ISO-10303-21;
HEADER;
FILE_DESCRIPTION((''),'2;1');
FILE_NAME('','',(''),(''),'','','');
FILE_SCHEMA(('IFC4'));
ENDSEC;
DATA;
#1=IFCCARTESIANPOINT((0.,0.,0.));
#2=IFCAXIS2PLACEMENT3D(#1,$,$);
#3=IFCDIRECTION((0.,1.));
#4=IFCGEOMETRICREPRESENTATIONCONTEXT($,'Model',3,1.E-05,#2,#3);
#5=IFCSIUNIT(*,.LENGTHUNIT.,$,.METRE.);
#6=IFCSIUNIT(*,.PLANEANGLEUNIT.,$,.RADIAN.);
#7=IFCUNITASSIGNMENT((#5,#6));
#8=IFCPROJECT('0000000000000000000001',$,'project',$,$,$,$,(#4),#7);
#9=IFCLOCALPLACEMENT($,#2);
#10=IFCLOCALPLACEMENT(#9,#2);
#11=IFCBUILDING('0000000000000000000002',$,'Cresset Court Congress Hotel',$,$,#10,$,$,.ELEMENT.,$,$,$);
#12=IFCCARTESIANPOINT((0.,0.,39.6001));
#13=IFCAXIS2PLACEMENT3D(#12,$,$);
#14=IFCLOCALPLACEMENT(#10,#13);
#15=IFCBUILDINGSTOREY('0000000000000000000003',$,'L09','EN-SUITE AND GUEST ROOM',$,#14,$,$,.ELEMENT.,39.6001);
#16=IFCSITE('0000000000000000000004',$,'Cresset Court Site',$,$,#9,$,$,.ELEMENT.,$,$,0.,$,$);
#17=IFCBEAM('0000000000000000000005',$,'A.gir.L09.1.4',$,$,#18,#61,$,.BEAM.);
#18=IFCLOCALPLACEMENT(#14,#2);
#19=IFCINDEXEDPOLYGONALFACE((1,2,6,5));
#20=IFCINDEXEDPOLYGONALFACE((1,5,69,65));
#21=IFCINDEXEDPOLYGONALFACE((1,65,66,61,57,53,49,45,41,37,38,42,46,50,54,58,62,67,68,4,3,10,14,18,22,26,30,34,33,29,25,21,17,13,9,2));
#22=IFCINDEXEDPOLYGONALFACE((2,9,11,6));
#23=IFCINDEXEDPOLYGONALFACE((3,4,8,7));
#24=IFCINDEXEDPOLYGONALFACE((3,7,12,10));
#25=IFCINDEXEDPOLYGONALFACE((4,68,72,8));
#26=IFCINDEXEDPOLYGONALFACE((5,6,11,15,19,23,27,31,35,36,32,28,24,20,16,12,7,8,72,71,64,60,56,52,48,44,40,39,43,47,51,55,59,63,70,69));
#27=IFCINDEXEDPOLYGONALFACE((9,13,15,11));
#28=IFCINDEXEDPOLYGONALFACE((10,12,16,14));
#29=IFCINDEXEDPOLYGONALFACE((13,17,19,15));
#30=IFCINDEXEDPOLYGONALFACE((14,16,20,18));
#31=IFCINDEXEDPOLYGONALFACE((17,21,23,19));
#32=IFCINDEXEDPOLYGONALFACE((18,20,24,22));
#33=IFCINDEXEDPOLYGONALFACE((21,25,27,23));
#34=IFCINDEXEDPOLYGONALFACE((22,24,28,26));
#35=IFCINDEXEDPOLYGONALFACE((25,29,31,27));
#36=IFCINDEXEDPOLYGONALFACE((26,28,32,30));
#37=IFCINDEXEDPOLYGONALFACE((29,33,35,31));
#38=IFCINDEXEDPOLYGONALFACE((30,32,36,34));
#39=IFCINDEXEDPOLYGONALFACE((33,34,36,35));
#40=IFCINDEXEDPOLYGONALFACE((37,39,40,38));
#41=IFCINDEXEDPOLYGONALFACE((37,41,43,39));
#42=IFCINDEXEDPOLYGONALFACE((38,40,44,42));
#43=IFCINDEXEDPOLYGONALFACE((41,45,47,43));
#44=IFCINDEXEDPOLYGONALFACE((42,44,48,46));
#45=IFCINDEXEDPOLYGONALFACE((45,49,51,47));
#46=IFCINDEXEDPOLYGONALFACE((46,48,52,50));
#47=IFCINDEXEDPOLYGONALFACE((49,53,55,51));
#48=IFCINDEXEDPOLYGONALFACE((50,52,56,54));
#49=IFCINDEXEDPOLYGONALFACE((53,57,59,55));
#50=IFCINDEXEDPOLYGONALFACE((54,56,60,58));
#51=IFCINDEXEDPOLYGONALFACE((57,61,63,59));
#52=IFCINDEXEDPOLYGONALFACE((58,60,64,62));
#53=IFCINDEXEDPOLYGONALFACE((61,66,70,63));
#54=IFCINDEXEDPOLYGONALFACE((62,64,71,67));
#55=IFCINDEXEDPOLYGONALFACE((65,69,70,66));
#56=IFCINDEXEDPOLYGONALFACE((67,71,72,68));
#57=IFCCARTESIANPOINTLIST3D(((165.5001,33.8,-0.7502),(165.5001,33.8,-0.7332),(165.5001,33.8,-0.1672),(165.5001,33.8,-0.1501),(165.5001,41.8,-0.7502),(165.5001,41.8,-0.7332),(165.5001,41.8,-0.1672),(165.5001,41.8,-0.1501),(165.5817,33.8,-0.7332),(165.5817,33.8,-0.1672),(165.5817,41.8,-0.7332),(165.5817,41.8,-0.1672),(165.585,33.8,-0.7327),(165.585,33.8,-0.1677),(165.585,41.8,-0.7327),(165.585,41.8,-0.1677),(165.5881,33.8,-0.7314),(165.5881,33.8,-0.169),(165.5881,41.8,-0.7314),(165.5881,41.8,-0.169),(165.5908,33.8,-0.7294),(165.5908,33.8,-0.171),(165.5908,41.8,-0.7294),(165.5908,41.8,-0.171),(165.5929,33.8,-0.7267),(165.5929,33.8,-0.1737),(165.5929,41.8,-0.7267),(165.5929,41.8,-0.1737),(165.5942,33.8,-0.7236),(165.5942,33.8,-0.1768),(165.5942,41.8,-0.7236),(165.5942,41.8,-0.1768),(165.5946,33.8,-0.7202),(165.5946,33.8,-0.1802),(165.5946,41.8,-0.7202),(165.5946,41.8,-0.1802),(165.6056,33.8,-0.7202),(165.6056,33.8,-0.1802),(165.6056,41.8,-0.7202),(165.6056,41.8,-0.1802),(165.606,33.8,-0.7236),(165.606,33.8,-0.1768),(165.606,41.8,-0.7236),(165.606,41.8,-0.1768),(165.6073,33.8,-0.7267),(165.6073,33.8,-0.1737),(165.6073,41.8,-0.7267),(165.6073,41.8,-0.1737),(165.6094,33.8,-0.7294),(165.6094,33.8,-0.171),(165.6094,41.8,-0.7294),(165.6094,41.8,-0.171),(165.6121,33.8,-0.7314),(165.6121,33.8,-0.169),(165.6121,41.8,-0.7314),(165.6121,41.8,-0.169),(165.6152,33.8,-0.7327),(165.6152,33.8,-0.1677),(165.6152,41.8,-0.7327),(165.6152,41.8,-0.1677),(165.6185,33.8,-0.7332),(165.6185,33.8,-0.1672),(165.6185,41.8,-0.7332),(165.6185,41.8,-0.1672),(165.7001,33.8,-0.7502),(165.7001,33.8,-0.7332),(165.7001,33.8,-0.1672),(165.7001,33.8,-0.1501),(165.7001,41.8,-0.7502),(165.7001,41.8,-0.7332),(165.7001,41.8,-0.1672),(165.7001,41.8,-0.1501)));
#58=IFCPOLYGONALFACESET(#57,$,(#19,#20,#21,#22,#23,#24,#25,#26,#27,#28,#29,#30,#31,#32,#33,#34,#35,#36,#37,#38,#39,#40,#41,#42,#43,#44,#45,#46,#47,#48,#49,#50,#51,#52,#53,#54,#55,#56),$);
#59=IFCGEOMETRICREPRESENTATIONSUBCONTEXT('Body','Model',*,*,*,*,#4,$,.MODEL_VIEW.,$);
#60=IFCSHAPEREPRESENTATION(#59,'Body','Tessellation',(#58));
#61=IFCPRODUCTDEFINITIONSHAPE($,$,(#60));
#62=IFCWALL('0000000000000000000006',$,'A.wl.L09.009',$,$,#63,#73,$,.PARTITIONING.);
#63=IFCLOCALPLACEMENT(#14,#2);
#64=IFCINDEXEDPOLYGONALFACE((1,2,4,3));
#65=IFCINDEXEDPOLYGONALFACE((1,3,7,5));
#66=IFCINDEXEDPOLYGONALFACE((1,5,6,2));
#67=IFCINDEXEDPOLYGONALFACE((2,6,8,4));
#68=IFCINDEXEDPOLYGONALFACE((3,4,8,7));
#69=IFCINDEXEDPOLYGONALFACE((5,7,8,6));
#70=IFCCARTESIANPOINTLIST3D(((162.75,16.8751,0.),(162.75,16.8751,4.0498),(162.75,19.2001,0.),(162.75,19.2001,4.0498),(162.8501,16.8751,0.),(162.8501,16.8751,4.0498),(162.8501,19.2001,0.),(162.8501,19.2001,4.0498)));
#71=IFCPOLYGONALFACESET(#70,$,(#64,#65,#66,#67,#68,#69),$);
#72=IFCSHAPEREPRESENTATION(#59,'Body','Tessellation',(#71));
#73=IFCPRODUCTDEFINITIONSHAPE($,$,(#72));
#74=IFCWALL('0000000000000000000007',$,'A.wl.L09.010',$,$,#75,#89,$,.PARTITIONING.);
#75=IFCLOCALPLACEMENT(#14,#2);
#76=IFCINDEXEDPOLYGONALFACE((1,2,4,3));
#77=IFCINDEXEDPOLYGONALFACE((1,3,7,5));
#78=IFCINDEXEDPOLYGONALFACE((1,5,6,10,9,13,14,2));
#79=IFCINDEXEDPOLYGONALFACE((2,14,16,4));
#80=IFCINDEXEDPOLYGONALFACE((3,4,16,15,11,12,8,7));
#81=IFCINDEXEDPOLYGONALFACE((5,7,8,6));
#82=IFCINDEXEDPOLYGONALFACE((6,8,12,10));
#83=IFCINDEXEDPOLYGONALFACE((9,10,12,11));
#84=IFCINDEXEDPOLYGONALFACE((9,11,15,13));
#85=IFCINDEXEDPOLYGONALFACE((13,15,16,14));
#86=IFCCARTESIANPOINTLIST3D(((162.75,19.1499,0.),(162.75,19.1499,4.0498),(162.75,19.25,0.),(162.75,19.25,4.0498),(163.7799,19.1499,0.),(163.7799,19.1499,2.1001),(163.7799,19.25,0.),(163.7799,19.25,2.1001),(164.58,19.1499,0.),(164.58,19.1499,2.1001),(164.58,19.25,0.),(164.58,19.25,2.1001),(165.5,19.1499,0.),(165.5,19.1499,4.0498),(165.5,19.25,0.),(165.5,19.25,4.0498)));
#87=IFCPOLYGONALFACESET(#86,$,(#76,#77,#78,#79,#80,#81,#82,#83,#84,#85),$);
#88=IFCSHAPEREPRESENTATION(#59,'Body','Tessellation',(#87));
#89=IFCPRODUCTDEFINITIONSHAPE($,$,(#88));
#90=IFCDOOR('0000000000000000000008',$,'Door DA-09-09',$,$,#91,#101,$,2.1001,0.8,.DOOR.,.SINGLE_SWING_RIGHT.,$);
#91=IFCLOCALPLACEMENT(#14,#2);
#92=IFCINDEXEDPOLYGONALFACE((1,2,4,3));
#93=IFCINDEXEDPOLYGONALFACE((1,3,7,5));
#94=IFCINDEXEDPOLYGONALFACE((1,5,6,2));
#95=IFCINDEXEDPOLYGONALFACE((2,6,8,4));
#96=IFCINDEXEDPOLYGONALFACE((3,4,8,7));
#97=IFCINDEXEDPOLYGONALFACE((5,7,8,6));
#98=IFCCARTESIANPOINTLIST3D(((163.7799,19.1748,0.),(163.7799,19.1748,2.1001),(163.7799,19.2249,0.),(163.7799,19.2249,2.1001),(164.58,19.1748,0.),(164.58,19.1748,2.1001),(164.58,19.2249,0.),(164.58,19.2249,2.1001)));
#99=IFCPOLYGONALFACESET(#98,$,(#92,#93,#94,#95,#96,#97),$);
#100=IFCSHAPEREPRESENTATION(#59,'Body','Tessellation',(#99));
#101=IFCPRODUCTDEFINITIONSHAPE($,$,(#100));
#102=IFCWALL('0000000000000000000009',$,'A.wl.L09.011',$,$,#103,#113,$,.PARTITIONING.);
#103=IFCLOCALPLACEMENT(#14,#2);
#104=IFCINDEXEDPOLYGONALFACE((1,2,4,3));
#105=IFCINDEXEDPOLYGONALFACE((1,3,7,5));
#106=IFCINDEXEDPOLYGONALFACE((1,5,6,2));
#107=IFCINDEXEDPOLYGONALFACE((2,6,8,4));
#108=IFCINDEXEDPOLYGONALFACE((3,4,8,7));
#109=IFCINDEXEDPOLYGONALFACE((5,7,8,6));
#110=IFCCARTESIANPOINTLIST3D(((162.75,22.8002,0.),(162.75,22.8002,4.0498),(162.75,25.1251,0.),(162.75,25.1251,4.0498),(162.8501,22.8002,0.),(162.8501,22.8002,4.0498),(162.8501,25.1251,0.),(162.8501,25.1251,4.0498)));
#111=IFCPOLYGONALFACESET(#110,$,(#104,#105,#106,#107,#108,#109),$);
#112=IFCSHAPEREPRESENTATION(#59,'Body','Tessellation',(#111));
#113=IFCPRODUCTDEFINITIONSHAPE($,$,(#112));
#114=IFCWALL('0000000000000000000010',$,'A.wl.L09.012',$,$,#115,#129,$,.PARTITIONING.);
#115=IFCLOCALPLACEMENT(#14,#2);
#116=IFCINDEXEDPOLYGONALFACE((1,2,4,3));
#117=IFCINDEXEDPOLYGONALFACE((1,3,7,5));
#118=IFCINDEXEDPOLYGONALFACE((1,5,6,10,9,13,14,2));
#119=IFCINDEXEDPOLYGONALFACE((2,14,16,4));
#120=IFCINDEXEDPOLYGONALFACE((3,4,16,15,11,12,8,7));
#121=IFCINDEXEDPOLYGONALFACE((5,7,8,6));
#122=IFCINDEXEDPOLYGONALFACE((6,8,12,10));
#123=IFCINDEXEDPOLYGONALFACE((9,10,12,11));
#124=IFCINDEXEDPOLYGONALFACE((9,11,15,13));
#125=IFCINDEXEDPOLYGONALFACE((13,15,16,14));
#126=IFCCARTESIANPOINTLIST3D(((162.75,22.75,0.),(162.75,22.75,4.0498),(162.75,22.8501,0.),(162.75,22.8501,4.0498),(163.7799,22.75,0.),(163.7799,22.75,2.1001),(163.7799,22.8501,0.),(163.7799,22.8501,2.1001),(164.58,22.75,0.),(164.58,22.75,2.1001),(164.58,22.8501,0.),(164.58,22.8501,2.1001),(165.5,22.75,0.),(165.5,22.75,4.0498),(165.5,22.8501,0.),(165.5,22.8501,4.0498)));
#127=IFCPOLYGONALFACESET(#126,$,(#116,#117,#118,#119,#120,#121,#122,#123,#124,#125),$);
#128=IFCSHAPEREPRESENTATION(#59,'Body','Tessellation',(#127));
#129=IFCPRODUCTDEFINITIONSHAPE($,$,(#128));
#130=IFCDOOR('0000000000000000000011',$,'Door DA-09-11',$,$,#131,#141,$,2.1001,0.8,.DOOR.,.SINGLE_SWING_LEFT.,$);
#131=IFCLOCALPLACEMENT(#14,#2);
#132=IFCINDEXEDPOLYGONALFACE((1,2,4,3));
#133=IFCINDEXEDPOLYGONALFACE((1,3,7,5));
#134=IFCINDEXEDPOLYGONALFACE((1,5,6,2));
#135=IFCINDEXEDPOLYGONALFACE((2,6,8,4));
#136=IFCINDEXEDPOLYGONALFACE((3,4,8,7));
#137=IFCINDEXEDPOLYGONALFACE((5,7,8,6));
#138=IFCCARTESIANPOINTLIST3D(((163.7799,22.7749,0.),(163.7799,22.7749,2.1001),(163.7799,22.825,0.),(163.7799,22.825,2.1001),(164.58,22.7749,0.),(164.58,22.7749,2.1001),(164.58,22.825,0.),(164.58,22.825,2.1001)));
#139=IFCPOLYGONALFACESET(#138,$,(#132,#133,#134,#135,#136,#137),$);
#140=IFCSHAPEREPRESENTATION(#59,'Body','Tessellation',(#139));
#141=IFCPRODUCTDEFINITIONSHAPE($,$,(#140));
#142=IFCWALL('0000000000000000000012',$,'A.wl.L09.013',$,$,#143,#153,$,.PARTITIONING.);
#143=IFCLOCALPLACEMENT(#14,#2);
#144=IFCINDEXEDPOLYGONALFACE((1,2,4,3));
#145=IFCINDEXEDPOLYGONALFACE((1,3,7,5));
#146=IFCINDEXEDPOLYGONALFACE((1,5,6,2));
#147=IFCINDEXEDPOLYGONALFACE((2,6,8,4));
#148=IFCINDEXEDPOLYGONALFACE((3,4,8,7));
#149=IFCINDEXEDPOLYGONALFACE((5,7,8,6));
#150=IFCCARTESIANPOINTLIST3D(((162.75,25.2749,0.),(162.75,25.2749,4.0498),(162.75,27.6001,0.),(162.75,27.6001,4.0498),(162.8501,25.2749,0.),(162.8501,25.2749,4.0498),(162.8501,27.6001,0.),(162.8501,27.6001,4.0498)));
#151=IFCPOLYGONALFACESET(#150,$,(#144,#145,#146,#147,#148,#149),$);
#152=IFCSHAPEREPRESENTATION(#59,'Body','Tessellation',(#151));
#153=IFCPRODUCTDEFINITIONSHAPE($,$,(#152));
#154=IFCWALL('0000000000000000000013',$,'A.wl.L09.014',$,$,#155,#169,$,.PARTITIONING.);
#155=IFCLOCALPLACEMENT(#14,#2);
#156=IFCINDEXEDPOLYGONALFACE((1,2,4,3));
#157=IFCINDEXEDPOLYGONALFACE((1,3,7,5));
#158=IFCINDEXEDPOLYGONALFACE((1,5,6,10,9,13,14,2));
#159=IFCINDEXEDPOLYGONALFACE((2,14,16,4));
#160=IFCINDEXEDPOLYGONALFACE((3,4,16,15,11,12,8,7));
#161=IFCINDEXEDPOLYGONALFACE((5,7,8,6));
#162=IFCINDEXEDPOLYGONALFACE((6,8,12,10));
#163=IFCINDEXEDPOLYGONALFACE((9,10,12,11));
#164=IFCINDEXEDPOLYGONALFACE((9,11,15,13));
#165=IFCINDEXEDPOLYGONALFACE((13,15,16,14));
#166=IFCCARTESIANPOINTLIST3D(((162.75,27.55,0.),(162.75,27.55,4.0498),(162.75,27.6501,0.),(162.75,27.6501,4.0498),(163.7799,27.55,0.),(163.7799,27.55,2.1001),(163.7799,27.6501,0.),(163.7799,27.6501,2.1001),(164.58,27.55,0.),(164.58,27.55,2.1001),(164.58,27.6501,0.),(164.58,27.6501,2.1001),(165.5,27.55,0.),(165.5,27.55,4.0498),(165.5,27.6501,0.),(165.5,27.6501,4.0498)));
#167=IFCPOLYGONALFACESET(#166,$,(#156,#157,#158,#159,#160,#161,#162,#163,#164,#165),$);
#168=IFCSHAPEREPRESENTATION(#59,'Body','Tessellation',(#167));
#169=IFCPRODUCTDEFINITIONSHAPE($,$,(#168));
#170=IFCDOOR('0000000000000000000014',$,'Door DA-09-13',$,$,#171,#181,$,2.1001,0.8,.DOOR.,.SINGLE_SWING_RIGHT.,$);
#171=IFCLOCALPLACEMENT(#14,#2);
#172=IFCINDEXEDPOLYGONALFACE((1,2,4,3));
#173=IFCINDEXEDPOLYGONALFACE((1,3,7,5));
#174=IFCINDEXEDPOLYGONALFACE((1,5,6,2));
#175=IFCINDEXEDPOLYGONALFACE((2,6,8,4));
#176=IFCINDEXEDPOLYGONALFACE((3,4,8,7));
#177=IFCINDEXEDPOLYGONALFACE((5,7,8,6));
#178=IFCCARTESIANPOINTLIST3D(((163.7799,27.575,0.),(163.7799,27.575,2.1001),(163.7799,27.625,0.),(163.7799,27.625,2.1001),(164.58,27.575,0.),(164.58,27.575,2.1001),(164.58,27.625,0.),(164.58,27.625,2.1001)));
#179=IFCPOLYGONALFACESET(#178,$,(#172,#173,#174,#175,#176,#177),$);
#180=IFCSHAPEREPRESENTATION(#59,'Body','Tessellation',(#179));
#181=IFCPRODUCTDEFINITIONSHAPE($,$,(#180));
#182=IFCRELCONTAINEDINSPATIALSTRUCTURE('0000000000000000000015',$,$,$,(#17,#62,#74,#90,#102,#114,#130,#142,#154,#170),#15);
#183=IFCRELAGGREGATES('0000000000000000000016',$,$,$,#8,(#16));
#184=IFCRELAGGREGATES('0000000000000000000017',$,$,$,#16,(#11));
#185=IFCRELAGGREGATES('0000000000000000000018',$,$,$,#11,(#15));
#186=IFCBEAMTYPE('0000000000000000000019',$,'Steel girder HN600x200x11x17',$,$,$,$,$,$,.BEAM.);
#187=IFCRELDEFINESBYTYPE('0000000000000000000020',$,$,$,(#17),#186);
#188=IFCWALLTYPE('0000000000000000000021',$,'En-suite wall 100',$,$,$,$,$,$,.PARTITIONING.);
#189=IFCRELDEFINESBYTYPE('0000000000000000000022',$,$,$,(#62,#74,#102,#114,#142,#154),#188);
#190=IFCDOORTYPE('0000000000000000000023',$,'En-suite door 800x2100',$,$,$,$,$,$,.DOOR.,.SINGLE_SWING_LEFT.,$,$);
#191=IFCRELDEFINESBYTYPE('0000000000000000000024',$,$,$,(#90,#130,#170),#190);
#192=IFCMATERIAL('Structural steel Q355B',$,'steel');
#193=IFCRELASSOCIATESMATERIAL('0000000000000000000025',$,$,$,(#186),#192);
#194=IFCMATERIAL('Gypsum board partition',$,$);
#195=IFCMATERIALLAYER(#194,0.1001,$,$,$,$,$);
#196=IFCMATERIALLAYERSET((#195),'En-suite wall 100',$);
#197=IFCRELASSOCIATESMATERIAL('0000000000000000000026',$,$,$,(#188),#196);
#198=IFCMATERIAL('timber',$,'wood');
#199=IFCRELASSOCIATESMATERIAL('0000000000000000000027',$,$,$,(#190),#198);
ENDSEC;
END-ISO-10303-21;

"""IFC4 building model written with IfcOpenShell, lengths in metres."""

from ifc_helpers import new_model, si_unit, direction, frame, frame_2d, origin, origin_2d, place, context, subcontext, project, spatial, rectangle, i_section, extrude, material, layer, layer_set, material_profile, profile_set, type_object, element, fill, save


model = new_model("IFC4")

# Units and contexts
model_context = context("Model", 3, precision=1e-05, world=origin(), true_north=direction((0.0, 1.0)))
body_context = subcontext(model_context, "Body", "Model", "MODEL_VIEW")
ifc_project = project(units=[si_unit("LENGTHUNIT", "METRE"), si_unit("PLANEANGLEUNIT", "RADIAN")], contexts=[model_context])

# Site, building, storey
site_placement = place(None, origin())
site = spatial("IfcSite", under=ifc_project, at=site_placement, Name="Cresset Court Site", CompositionType="ELEMENT", RefElevation=0.0)
building_placement = place(site_placement, origin())
building = spatial("IfcBuilding", under=site, at=building_placement, Name="Cresset Court Congress Hotel", CompositionType="ELEMENT")
storey_placement = place(building_placement, frame((0.0, 0.0, 39.6001)))
storey = spatial("IfcBuildingStorey", under=building, at=storey_placement, Name="L09", Description="EN-SUITE AND GUEST ROOM", CompositionType="ELEMENT", Elevation=39.6001)

# Beam
ifc_material_1 = material(Name="Structural steel Q355B", Category="steel")
ifc_material_profile_1 = material_profile(ifc_material_1, i_section(OverallWidth=0.2, OverallDepth=0.6001, WebThickness=0.011, FlangeThickness=0.0171, FilletRadius=0.0129, at=origin_2d()), Name="HN600x200x11x17")
ifc_profile_set_1 = profile_set([ifc_material_profile_1], Name="Structural steel Q355B")
beam_type = type_object("IfcBeamType", Name="Steel girder HN600x200x11x17", PredefinedType="BEAM", material=ifc_profile_set_1)
for number, where, z_axis, x_axis, name in (
    (1, (165.6001, 33.8, -0.4502), (0.0, 1.0, 0.0), (-1.0, 0.0, 0.0), "A.gir.L09.1.4"),
):
    element("IfcBeam", number, at=place(storey_placement, frame(where, z_axis=z_axis, x_axis=x_axis)), inside=storey, type_object=beam_type, Name=name, PredefinedType="BEAM", context=body_context, shape_type="SweptSolid", body=[
        extrude(i_section(OverallWidth=0.2, OverallDepth=0.6001, WebThickness=0.011, FlangeThickness=0.0171, FilletRadius=0.0129, at=origin_2d()), origin(), (0.0, 0.0, 1.0), 8.0),
    ])

# Wall
ifc_material_2 = material(Name="Gypsum board partition")
ifc_layer_1 = layer(ifc_material_2, 0.1001)
ifc_layer_set_1 = layer_set([ifc_layer_1], Name="En-suite wall 100")
wall_type_1 = type_object("IfcWallType", Name="En-suite wall 100", PredefinedType="PARTITIONING", material=ifc_layer_set_1)
wall_1_placement = place(storey_placement, frame((162.8, 16.875, 0.0), z_axis=(0.0, 0.0, 1.0), x_axis=(0.0, 1.0, 0.0)))
element("IfcWall", 2, at=wall_1_placement, inside=storey, type_object=wall_type_1, Name="A.wl.L09.009", PredefinedType="PARTITIONING", context=body_context, shape_type="SweptSolid", body=[
    extrude(rectangle(XDim=2.325, YDim=0.1001, at=frame_2d((1.1626, 0.0))), origin(), (0.0, 0.0, 1.0), 4.0498),
])

# Wall, opening, door
wall_2_placement = place(storey_placement, frame((162.75, 19.2, 0.0), z_axis=(0.0, 0.0, 1.0), x_axis=(1.0, 0.0, 0.0)))
wall_2 = element("IfcWall", 3, at=wall_2_placement, inside=storey, type_object=wall_type_1, Name="A.wl.L09.010", PredefinedType="PARTITIONING", context=body_context, shape_type="SweptSolid", body=[
    extrude(rectangle(XDim=2.75, YDim=0.1001, at=frame_2d((1.375, 0.0))), origin(), (0.0, 0.0, 1.0), 4.0498),
])
opening_1_placement = place(wall_2_placement, frame((1.03, 0.0, 0.0)))
opening_1 = element("IfcOpeningElement", 4, at=opening_1_placement, cuts=wall_2, PredefinedType="OPENING", context=body_context, shape_type="SweptSolid", body=[
    extrude(rectangle(XDim=0.8, YDim=2.1001, at=frame_2d((0.3999, 1.05))), frame((0.0, 0.0601, 0.0), z_axis=(0.0, -1.0, 0.0), x_axis=(1.0, 0.0, 0.0)), (0.0, 0.0, 1.0), 0.1201),
])
ifc_material_3 = material(Name="timber", Category="wood")
door_type = type_object("IfcDoorType", Name="En-suite door 800x2100", OperationType="SINGLE_SWING_LEFT", PredefinedType="DOOR", material=ifc_material_3)
door_1_placement = place(opening_1_placement, origin())
door_1 = element("IfcDoor", 5, at=door_1_placement, inside=storey, type_object=door_type, Name="Door DA-09-09", OperationType="SINGLE_SWING_RIGHT", OverallHeight=2.1001, OverallWidth=0.8, PredefinedType="DOOR", context=body_context, shape_type="SweptSolid", body=[
    extrude(rectangle(XDim=0.8, YDim=2.1001, at=frame_2d((0.3999, 1.05))), frame((0.0, 0.0249, 0.0), z_axis=(0.0, -1.0, 0.0), x_axis=(1.0, 0.0, 0.0)), (0.0, 0.0, 1.0), 0.05),
])
fill(opening_1, door_1)

# Wall
wall_3_placement = place(storey_placement, frame((162.8, 22.8, 0.0), z_axis=(0.0, 0.0, 1.0), x_axis=(0.0, 1.0, 0.0)))
element("IfcWall", 6, at=wall_3_placement, inside=storey, type_object=wall_type_1, Name="A.wl.L09.011", PredefinedType="PARTITIONING", context=body_context, shape_type="SweptSolid", body=[
    extrude(rectangle(XDim=2.325, YDim=0.1001, at=frame_2d((1.1626, 0.0))), origin(), (0.0, 0.0, 1.0), 4.0498),
])

# Wall, opening, door
wall_4_placement = place(storey_placement, frame((162.75, 22.8, 0.0), z_axis=(0.0, 0.0, 1.0), x_axis=(1.0, 0.0, 0.0)))
wall_4 = element("IfcWall", 7, at=wall_4_placement, inside=storey, type_object=wall_type_1, Name="A.wl.L09.012", PredefinedType="PARTITIONING", context=body_context, shape_type="SweptSolid", body=[
    extrude(rectangle(XDim=2.75, YDim=0.1001, at=frame_2d((1.375, 0.0))), origin(), (0.0, 0.0, 1.0), 4.0498),
])
opening_2_placement = place(wall_4_placement, frame((1.03, 0.0, 0.0)))
opening_2 = element("IfcOpeningElement", 8, at=opening_2_placement, cuts=wall_4, PredefinedType="OPENING", context=body_context, shape_type="SweptSolid", body=[
    extrude(rectangle(XDim=0.8, YDim=2.1001, at=frame_2d((0.3999, 1.05))), frame((0.0, 0.0601, 0.0), z_axis=(0.0, -1.0, 0.0), x_axis=(1.0, 0.0, 0.0)), (0.0, 0.0, 1.0), 0.1201),
])
door_2_placement = place(opening_2_placement, origin())
door_2 = element("IfcDoor", 9, at=door_2_placement, inside=storey, type_object=door_type, Name="Door DA-09-11", OperationType="SINGLE_SWING_LEFT", OverallHeight=2.1001, OverallWidth=0.8, PredefinedType="DOOR", context=body_context, shape_type="SweptSolid", body=[
    extrude(rectangle(XDim=0.8, YDim=2.1001, at=frame_2d((0.3999, 1.05))), frame((0.0, 0.0249, 0.0), z_axis=(0.0, -1.0, 0.0), x_axis=(1.0, 0.0, 0.0)), (0.0, 0.0, 1.0), 0.05),
])
fill(opening_2, door_2)

# Wall
wall_5_placement = place(storey_placement, frame((162.8, 25.2749, 0.0), z_axis=(0.0, 0.0, 1.0), x_axis=(0.0, 1.0, 0.0)))
element("IfcWall", 10, at=wall_5_placement, inside=storey, type_object=wall_type_1, Name="A.wl.L09.013", PredefinedType="PARTITIONING", context=body_context, shape_type="SweptSolid", body=[
    extrude(rectangle(XDim=2.3252, YDim=0.1001, at=frame_2d((1.1626, 0.0))), origin(), (0.0, 0.0, 1.0), 4.0498),
])

# Wall, opening, door
wall_6_placement = place(storey_placement, frame((162.75, 27.6001, 0.0), z_axis=(0.0, 0.0, 1.0), x_axis=(1.0, 0.0, 0.0)))
wall_6 = element("IfcWall", 11, at=wall_6_placement, inside=storey, type_object=wall_type_1, Name="A.wl.L09.014", PredefinedType="PARTITIONING", context=body_context, shape_type="SweptSolid", body=[
    extrude(rectangle(XDim=2.75, YDim=0.1001, at=frame_2d((1.375, 0.0))), origin(), (0.0, 0.0, 1.0), 4.0498),
])
opening_3_placement = place(wall_6_placement, frame((1.03, 0.0, 0.0)))
opening_3 = element("IfcOpeningElement", 12, at=opening_3_placement, cuts=wall_6, PredefinedType="OPENING", context=body_context, shape_type="SweptSolid", body=[
    extrude(rectangle(XDim=0.8, YDim=2.1001, at=frame_2d((0.3999, 1.05))), frame((0.0, 0.0601, 0.0), z_axis=(0.0, -1.0, 0.0), x_axis=(1.0, 0.0, 0.0)), (0.0, 0.0, 1.0), 0.1201),
])
door_3_placement = place(opening_3_placement, origin())
door_3 = element("IfcDoor", 13, at=door_3_placement, inside=storey, type_object=door_type, Name="Door DA-09-13", OperationType="SINGLE_SWING_RIGHT", OverallHeight=2.1001, OverallWidth=0.8, PredefinedType="DOOR", context=body_context, shape_type="SweptSolid", body=[
    extrude(rectangle(XDim=0.8, YDim=2.1001, at=frame_2d((0.3999, 1.05))), frame((0.0, 0.0249, 0.0), z_axis=(0.0, -1.0, 0.0), x_axis=(1.0, 0.0, 0.0)), (0.0, 0.0, 1.0), 0.05),
])
fill(opening_3, door_3)

save(model, "model.ifc")
